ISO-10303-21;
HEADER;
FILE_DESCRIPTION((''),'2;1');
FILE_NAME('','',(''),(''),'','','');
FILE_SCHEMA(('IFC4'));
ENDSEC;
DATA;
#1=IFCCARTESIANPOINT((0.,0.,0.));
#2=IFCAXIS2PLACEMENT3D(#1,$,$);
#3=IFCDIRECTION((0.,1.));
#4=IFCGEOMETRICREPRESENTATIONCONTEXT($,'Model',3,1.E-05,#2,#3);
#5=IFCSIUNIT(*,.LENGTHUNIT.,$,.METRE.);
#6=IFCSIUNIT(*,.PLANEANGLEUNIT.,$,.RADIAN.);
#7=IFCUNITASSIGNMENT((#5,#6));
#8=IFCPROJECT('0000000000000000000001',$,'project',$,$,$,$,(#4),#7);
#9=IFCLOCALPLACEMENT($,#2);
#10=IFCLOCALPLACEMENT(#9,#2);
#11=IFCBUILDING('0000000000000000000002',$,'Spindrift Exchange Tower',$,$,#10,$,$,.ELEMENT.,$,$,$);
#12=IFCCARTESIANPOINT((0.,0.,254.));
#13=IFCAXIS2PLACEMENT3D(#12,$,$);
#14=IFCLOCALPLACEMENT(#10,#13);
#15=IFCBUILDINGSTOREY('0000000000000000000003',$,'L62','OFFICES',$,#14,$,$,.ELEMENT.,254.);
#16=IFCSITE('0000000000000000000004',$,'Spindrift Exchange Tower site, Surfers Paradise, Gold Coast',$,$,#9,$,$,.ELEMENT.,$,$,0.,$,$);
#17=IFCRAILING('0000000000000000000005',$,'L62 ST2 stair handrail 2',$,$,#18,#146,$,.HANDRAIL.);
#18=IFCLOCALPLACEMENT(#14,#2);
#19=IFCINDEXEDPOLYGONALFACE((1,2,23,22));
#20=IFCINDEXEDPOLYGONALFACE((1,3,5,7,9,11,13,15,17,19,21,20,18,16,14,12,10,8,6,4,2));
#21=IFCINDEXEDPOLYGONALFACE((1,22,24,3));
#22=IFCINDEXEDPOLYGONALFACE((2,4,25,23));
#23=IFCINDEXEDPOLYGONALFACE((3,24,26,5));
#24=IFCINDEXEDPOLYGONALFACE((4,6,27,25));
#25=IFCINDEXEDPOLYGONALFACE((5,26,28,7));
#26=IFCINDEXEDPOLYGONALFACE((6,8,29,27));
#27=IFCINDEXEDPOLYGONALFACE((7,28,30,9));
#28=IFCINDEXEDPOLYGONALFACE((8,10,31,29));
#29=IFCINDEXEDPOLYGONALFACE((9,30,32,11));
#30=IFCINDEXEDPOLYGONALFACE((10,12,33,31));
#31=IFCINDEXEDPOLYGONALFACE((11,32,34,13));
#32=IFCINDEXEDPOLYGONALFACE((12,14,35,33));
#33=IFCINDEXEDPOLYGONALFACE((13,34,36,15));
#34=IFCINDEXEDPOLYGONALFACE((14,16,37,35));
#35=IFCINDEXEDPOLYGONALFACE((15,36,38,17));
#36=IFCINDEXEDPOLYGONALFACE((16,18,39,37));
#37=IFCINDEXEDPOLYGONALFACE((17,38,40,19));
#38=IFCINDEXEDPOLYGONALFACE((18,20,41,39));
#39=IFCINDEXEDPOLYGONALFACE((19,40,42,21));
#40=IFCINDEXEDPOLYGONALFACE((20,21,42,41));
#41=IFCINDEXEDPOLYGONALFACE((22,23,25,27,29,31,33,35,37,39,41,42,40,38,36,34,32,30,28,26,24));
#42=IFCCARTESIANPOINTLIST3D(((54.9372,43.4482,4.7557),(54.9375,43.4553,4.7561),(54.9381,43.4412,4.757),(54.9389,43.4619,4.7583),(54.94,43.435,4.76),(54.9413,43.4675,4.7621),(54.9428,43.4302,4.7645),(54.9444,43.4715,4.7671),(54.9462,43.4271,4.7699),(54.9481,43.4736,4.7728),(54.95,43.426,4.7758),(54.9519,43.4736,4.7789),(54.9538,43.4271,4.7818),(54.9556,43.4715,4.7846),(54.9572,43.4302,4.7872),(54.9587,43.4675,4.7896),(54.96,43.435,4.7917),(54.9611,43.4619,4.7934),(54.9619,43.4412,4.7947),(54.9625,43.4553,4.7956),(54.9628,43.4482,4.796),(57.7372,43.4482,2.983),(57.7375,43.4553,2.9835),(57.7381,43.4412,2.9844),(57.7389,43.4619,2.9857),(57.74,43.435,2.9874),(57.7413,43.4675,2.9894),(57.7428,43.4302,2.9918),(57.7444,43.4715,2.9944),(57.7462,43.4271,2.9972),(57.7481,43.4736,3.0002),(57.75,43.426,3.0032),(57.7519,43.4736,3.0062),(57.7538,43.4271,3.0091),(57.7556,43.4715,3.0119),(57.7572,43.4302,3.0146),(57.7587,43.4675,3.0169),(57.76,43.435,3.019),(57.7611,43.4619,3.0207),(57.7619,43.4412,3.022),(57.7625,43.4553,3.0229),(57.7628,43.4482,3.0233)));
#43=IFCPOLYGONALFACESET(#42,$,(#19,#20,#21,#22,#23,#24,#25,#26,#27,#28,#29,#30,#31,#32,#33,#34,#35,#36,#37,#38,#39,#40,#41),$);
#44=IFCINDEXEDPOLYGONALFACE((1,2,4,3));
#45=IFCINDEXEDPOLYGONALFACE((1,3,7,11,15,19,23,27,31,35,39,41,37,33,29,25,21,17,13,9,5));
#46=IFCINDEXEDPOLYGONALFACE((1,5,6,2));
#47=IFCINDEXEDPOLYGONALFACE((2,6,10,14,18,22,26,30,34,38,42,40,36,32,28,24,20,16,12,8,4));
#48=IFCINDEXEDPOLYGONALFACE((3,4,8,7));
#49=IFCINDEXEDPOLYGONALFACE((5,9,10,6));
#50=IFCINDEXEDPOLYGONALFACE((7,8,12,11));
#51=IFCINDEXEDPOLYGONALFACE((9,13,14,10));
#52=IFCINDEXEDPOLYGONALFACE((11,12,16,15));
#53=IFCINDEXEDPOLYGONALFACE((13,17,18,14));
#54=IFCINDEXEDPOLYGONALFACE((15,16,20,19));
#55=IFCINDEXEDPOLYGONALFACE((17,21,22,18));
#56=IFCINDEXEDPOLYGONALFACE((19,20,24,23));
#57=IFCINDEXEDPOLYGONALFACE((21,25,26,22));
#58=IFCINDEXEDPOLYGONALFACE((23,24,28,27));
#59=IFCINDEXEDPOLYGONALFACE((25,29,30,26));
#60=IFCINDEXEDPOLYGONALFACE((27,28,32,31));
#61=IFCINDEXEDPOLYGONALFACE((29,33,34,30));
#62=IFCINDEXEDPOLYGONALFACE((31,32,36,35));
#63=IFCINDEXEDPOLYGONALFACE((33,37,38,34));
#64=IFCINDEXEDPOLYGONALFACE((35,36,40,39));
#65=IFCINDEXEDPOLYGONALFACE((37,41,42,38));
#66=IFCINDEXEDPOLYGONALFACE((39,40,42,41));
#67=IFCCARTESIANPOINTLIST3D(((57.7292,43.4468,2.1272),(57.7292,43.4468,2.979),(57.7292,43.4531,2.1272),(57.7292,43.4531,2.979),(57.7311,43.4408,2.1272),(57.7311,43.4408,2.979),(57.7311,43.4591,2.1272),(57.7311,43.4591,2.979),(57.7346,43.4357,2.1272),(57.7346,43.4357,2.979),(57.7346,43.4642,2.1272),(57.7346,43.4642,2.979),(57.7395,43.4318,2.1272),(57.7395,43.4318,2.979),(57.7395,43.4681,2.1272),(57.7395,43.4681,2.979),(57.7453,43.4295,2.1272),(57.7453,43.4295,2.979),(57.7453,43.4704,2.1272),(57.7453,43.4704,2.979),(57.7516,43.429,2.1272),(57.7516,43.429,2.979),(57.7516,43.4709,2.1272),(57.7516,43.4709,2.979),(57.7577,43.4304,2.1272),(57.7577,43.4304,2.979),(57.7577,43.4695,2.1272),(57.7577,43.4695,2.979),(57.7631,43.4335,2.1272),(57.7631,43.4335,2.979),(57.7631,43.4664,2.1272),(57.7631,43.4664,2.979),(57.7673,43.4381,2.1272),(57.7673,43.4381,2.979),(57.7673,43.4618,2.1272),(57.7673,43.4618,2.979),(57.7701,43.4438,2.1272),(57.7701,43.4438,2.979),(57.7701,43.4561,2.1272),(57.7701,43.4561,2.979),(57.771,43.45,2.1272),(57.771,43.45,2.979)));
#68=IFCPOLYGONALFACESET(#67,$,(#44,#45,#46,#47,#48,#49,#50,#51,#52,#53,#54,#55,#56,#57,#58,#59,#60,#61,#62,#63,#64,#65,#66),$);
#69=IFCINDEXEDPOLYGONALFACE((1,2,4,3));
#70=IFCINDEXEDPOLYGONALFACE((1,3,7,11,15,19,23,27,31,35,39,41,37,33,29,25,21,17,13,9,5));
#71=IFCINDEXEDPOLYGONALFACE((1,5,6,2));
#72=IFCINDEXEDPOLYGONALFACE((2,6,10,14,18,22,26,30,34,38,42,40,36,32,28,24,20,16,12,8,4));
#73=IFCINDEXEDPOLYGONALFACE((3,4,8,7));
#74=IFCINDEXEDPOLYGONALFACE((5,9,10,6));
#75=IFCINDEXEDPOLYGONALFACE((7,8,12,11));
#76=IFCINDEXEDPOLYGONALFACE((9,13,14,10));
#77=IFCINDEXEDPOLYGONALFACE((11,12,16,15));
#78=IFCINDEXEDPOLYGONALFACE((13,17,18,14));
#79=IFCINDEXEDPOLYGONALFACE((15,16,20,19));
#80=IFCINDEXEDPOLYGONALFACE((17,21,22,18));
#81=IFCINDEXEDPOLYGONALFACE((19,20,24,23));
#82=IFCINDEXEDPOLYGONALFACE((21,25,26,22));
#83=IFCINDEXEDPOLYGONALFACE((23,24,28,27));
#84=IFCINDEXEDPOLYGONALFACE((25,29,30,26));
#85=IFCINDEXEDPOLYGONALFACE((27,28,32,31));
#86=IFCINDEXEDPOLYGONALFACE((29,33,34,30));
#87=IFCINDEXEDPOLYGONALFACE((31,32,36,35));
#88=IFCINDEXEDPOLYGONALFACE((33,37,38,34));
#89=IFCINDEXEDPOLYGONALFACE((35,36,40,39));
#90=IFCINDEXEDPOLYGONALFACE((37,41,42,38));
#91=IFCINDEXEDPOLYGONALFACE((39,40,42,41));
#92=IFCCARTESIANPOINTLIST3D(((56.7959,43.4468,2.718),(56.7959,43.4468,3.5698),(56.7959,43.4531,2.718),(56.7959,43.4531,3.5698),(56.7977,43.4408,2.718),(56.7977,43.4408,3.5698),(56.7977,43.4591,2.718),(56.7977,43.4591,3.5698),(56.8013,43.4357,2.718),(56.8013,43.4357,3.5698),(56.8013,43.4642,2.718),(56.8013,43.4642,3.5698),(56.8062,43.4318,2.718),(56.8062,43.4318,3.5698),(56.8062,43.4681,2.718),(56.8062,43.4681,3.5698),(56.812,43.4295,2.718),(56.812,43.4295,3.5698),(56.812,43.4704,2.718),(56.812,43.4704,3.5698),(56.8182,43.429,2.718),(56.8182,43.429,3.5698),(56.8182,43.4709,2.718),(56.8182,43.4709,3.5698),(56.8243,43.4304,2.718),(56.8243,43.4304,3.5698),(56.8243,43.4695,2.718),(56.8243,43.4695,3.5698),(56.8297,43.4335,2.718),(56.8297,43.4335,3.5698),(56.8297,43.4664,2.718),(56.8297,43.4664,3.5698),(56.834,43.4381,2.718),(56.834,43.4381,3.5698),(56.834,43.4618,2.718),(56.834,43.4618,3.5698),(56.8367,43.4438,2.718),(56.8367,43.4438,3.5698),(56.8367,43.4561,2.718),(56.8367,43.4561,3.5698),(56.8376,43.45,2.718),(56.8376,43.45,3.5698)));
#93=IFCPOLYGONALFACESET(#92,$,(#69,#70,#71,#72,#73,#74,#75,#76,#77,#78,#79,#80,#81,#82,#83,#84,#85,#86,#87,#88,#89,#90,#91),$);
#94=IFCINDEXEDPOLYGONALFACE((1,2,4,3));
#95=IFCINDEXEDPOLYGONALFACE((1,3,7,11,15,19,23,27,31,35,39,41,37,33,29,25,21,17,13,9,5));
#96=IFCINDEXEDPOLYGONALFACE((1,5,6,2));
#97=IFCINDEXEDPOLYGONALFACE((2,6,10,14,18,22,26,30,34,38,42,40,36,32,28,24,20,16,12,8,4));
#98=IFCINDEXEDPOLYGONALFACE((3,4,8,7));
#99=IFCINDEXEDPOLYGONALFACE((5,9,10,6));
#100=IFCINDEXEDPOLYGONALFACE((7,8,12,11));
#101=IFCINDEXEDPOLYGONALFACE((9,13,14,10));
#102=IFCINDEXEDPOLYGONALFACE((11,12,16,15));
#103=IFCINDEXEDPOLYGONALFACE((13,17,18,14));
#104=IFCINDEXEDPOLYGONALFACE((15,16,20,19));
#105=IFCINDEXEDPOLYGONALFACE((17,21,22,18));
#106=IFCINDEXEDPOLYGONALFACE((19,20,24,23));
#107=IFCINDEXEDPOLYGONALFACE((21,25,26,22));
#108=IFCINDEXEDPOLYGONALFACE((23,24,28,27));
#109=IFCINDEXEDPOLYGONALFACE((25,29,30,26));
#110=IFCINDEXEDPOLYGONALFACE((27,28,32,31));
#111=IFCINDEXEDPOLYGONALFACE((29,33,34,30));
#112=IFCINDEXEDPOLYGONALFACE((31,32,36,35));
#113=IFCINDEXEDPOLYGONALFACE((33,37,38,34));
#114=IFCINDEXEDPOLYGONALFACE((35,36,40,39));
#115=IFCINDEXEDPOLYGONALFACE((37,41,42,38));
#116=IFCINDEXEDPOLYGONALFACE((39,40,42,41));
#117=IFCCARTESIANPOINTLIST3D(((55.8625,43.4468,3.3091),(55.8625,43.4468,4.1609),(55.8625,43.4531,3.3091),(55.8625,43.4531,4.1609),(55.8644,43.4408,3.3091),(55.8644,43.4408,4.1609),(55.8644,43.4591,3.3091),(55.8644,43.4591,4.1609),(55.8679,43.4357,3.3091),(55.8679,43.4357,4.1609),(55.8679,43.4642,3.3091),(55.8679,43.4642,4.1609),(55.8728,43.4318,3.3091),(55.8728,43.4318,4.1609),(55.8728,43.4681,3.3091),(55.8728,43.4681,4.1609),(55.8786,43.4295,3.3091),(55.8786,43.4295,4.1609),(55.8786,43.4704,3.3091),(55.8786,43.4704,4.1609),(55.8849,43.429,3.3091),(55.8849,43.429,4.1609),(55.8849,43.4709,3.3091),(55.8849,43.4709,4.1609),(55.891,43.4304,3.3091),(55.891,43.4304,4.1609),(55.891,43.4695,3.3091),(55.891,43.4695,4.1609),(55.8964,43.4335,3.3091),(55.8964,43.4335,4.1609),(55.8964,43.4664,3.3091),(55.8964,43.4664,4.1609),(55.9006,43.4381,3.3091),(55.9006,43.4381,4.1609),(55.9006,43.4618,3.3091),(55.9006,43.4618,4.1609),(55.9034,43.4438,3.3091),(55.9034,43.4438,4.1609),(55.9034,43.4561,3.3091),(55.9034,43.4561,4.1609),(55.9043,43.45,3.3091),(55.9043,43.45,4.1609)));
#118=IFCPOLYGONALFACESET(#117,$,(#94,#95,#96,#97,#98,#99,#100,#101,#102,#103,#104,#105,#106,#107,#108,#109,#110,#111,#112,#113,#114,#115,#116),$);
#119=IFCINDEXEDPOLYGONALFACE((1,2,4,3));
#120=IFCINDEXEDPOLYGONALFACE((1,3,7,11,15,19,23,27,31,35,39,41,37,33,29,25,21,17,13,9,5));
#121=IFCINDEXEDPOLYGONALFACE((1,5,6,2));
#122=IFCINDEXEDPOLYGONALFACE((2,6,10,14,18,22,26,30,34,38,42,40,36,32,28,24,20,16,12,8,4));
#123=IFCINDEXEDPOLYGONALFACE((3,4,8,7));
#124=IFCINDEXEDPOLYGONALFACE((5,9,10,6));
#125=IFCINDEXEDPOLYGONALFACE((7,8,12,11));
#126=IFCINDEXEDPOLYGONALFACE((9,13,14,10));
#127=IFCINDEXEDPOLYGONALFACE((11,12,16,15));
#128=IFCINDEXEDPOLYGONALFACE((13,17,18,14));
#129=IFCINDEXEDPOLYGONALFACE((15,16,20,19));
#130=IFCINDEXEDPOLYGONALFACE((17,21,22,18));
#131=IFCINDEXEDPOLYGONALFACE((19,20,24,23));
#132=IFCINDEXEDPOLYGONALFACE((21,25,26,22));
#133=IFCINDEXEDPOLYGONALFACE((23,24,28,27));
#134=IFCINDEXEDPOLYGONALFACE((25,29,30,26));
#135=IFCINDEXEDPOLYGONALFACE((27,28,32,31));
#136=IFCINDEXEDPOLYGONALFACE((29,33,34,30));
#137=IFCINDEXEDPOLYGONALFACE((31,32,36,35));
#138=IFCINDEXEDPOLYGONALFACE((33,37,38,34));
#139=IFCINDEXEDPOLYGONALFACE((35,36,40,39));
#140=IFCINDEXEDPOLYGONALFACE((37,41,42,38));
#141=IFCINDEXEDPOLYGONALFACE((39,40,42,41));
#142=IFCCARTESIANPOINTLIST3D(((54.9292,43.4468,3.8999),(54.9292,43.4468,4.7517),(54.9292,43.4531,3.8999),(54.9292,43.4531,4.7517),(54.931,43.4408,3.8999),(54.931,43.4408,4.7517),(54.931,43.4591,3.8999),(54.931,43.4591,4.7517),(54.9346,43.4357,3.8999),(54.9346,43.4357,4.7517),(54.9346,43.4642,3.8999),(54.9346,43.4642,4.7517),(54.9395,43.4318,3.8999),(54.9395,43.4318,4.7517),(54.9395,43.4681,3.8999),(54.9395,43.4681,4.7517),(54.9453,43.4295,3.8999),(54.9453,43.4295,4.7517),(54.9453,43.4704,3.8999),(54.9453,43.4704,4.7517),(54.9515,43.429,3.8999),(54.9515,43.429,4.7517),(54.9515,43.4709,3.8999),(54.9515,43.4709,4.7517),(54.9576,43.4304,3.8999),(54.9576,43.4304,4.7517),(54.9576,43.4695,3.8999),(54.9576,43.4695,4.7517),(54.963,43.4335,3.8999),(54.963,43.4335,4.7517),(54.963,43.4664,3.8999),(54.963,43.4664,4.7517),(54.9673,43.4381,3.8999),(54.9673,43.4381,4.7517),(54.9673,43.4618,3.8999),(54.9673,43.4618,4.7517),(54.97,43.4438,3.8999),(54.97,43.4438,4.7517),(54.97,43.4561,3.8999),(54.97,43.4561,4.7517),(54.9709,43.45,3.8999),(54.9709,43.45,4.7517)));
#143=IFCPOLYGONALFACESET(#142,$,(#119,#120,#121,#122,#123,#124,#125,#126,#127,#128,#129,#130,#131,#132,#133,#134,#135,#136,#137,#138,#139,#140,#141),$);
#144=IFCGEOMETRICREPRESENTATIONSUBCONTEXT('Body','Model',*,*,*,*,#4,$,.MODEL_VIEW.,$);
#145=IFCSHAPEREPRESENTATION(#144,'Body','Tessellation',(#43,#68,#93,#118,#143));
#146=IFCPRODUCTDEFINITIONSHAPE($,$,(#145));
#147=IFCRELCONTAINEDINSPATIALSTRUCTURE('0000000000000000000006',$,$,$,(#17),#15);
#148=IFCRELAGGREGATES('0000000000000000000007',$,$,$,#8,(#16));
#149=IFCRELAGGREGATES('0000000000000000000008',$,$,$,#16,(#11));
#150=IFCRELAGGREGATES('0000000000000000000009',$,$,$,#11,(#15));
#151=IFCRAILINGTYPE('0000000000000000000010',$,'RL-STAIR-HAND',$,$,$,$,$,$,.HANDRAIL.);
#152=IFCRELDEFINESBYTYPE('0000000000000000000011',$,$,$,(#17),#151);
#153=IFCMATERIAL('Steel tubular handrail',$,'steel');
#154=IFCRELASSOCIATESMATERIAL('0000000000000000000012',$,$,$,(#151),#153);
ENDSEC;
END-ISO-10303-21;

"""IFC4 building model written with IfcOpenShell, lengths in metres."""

from ifc_helpers import new_model, si_unit, direction, frame, origin, origin_2d, place, context, subcontext, project, spatial, circle, extrude, material, type_object, element, save


model = new_model("IFC4")

# Units and contexts
model_context = context("Model", 3, precision=1e-05, world=origin(), true_north=direction((0.0, 1.0)))
body_context = subcontext(model_context, "Body", "Model", "MODEL_VIEW")
ifc_project = project(units=[si_unit("LENGTHUNIT", "METRE"), si_unit("PLANEANGLEUNIT", "RADIAN")], contexts=[model_context])

# Site, building, storey
site_placement = place(None, origin())
site = spatial("IfcSite", under=ifc_project, at=site_placement, Name="Spindrift Exchange Tower site, Surfers Paradise, Gold Coast", CompositionType="ELEMENT", RefElevation=0.0)
building_placement = place(site_placement, origin())
building = spatial("IfcBuilding", under=site, at=building_placement, Name="Spindrift Exchange Tower", CompositionType="ELEMENT")
storey_placement = place(building_placement, frame((0.0, 0.0, 254.0)))
storey = spatial("IfcBuildingStorey", under=building, at=storey_placement, Name="L62", Description="OFFICES", CompositionType="ELEMENT", Elevation=254.0)

# Railing
ifc_material_1 = material(Name="Steel tubular handrail", Category="steel")
railing_type_1 = type_object("IfcRailingType", Name="RL-STAIR-HAND", PredefinedType="HANDRAIL", material=ifc_material_1)
railing_1_placement = place(storey_placement, frame((57.75, 43.45, 2.1272)))
element("IfcRailing", 1, at=railing_1_placement, inside=storey, type_object=railing_type_1, Name="L62 ST2 stair handrail 2", PredefinedType="HANDRAIL", context=body_context, shape_type="SweptSolid", body=[
    extrude(circle(Radius=0.0239, at=origin_2d()), frame((0.0, 0.0, 0.876), z_axis=(-0.844909, 0.0, 0.53491), x_axis=(0.0, -1.0, 0.0)), (0.0, 0.0, 1.0), 3.314),
    extrude(circle(Radius=0.021, at=origin_2d()), origin(), (0.0, 0.0, 1.0), 0.8518),
    extrude(circle(Radius=0.021, at=origin_2d()), frame((-0.9333, 0.0, 0.5908)), (0.0, 0.0, 1.0), 0.8518),
    extrude(circle(Radius=0.021, at=origin_2d()), frame((-1.8667, 0.0, 1.1819)), (0.0, 0.0, 1.0), 0.8518),
    extrude(circle(Radius=0.021, at=origin_2d()), frame((-2.8, 0.0, 1.7727)), (0.0, 0.0, 1.0), 0.8518),
])

save(model, "model.ifc")
